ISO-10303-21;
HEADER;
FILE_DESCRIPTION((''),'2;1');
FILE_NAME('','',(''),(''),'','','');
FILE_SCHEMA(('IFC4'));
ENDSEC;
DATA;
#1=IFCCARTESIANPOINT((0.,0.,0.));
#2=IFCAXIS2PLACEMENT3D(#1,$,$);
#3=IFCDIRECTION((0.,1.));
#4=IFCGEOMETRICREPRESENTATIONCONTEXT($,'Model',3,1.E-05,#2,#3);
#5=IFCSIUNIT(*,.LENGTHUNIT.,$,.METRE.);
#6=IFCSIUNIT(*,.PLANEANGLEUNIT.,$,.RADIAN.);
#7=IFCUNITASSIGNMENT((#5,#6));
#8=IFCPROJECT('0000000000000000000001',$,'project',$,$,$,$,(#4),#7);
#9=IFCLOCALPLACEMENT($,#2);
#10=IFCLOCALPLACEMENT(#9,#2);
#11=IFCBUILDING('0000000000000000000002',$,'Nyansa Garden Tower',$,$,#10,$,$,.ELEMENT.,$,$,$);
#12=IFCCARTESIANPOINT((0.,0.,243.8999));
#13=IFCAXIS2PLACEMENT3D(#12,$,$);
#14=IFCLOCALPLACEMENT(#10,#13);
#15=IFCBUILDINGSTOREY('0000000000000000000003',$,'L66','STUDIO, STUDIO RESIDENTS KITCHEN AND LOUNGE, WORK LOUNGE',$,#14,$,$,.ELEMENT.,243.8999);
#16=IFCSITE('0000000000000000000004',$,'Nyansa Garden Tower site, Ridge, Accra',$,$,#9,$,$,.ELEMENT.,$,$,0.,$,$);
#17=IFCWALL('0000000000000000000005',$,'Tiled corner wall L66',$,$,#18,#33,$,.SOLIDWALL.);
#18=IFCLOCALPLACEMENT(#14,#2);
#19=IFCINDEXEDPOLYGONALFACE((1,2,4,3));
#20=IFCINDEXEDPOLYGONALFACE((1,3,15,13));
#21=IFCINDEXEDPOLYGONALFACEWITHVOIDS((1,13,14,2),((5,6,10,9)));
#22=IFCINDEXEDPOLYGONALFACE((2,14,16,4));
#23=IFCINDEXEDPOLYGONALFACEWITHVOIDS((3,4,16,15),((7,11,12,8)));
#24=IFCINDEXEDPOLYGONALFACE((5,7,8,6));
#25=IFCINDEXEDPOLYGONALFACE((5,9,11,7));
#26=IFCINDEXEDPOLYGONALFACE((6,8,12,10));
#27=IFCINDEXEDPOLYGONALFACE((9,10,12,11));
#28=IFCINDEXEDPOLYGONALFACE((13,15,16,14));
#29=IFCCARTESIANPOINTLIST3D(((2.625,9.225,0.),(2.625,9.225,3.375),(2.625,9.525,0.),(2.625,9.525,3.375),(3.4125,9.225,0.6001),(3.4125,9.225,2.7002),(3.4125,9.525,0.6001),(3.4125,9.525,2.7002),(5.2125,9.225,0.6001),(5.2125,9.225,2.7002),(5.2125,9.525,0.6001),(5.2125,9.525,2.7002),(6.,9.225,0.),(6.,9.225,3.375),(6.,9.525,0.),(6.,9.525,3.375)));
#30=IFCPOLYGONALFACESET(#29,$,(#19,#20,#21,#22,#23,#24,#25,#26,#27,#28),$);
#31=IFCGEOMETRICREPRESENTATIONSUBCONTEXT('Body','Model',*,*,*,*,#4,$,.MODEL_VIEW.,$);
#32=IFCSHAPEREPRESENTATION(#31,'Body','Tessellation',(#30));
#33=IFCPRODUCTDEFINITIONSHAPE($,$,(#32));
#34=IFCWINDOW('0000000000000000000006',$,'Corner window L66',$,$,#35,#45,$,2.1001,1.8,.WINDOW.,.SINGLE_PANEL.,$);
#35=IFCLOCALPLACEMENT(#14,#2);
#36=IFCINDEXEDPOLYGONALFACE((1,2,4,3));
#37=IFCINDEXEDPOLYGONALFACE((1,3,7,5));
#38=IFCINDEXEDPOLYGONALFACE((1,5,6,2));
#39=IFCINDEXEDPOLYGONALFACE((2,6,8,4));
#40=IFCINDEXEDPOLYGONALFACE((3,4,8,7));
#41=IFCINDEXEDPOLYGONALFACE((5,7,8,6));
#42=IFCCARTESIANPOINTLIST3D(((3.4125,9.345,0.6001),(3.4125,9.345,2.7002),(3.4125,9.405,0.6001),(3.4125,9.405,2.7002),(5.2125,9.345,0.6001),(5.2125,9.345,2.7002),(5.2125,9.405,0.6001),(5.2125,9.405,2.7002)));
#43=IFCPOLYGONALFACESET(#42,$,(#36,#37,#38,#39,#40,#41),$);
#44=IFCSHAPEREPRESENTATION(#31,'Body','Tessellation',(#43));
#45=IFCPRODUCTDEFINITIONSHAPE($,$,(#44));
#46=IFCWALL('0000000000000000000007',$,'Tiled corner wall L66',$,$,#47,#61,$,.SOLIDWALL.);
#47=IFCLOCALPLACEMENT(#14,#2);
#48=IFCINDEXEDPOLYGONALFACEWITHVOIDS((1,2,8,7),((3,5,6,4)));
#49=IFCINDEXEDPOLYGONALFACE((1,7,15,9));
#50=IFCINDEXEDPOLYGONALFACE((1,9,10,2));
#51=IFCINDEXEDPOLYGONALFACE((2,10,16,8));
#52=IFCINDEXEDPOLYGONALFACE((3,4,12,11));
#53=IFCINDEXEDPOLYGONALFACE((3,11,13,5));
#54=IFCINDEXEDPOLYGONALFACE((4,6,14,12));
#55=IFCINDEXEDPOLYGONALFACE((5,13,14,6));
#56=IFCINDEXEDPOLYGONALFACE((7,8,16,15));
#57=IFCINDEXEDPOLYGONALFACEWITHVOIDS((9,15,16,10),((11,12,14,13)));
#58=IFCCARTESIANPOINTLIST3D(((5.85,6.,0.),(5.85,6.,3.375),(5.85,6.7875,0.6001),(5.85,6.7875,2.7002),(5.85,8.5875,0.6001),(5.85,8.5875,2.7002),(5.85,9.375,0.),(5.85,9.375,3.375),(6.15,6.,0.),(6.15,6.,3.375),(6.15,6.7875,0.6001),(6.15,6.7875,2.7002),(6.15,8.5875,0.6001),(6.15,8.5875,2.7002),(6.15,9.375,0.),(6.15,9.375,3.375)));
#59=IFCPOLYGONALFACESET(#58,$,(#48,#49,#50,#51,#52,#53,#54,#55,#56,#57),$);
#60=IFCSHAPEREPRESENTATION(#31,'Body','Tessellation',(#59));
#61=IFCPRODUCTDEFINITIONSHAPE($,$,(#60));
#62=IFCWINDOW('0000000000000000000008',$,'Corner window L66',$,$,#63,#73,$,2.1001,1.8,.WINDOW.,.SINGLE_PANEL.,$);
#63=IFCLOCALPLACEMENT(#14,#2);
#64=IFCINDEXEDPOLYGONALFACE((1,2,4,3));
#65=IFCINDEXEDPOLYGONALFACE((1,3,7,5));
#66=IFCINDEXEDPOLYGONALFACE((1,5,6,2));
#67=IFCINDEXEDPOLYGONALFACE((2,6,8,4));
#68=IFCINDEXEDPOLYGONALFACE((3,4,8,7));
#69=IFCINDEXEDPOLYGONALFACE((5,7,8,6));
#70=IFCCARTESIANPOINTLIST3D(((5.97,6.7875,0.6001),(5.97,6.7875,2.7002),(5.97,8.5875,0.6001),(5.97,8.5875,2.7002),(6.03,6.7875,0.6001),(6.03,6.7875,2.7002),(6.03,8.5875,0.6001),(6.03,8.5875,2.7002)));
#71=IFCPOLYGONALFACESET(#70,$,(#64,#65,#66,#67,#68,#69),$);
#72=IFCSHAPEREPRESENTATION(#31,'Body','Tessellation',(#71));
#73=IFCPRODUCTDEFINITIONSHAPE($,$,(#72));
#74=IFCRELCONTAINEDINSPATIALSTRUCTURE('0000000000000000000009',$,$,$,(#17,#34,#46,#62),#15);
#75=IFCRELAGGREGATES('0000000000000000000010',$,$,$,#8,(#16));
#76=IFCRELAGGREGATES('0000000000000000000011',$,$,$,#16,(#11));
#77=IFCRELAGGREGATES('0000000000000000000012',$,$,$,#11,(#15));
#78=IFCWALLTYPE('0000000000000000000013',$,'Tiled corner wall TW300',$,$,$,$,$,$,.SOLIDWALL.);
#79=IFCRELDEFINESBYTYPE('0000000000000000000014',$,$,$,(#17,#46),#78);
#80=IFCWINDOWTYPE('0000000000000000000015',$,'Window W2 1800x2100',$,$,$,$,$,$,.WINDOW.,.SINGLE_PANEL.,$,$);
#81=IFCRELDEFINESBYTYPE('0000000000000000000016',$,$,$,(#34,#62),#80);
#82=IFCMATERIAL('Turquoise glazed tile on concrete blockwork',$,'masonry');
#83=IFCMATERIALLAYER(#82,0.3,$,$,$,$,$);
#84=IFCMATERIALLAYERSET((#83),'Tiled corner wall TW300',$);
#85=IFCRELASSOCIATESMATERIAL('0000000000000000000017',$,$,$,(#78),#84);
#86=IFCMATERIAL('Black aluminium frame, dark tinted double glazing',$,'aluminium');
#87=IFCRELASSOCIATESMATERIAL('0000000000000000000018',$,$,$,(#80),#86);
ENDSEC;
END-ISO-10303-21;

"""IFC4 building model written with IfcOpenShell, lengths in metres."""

from ifc_helpers import new_model, si_unit, direction, frame, frame_2d, origin, place, context, subcontext, project, spatial, rectangle, extrude, material, layer, layer_set, type_object, element, fill, save


model = new_model("IFC4")

# Units and contexts
model_context = context("Model", 3, precision=1e-05, world=origin(), true_north=direction((0.0, 1.0)))
body_context = subcontext(model_context, "Body", "Model", "MODEL_VIEW")
ifc_project = project(units=[si_unit("LENGTHUNIT", "METRE"), si_unit("PLANEANGLEUNIT", "RADIAN")], contexts=[model_context])

# Site, building, storey
site_placement = place(None, origin())
site = spatial("IfcSite", under=ifc_project, at=site_placement, Name="Nyansa Garden Tower site, Ridge, Accra", CompositionType="ELEMENT", RefElevation=0.0)
building_placement = place(site_placement, origin())
building = spatial("IfcBuilding", under=site, at=building_placement, Name="Nyansa Garden Tower", CompositionType="ELEMENT")
storey_placement = place(building_placement, frame((0.0, 0.0, 243.8999)))
storey = spatial("IfcBuildingStorey", under=building, at=storey_placement, Name="L66", Description="STUDIO, STUDIO RESIDENTS KITCHEN AND LOUNGE, WORK LOUNGE", CompositionType="ELEMENT", Elevation=243.8999)

# Walls, openings, windows
ifc_material_1 = material(Name="Turquoise glazed tile on concrete blockwork", Category="masonry")
ifc_layer_1 = layer(ifc_material_1, 0.3)
ifc_layer_set_1 = layer_set([ifc_layer_1], Name="Tiled corner wall TW300")
wall_type_1 = type_object("IfcWallType", Name="Tiled corner wall TW300", PredefinedType="SOLIDWALL", material=ifc_layer_set_1)
wall_1_placement = place(storey_placement, frame((2.625, 9.375, 0.0), z_axis=(0.0, 0.0, 1.0), x_axis=(1.0, 0.0, 0.0)))
wall_1 = element("IfcWall", 1, at=wall_1_placement, inside=storey, type_object=wall_type_1, Name="Tiled corner wall L66", PredefinedType="SOLIDWALL", context=body_context, shape_type="SweptSolid", body=[
    extrude(rectangle(XDim=3.375, YDim=0.3, at=frame_2d((1.6875, 0.0))), origin(), (0.0, 0.0, 1.0), 3.375),
])
opening_1_placement = place(wall_1_placement, frame((0.7876, 0.0, 0.6001)))
opening_1 = element("IfcOpeningElement", 2, at=opening_1_placement, cuts=wall_1, PredefinedType="OPENING", context=body_context, shape_type="SweptSolid", body=[
    extrude(rectangle(XDim=1.8, YDim=2.1001, at=frame_2d((0.8999, 1.05))), frame((0.0, 0.1599, 0.0), z_axis=(0.0, -1.0, 0.0), x_axis=(1.0, 0.0, 0.0)), (0.0, 0.0, 1.0), 0.3201),
])
ifc_material_2 = material(Name="Black aluminium frame, dark tinted double glazing", Category="aluminium")
window_type = type_object("IfcWindowType", Name="Window W2 1800x2100", PartitioningType="SINGLE_PANEL", PredefinedType="WINDOW", material=ifc_material_2)
window_1_placement = place(opening_1_placement, origin())
window_1 = element("IfcWindow", 3, at=window_1_placement, inside=storey, type_object=window_type, Name="Corner window L66", OverallHeight=2.1001, OverallWidth=1.8, PartitioningType="SINGLE_PANEL", PredefinedType="WINDOW", context=body_context, shape_type="SweptSolid", body=[
    extrude(rectangle(XDim=1.8, YDim=2.1001, at=frame_2d((0.8999, 1.05))), frame((0.0, 0.03, 0.0), z_axis=(0.0, -1.0, 0.0), x_axis=(1.0, 0.0, 0.0)), (0.0, 0.0, 1.0), 0.0601),
])
fill(opening_1, window_1)
wall_2_placement = place(storey_placement, frame((6.0, 9.375, 0.0), z_axis=(0.0, 0.0, 1.0), x_axis=(0.0, -1.0, 0.0)))
wall_2 = element("IfcWall", 4, at=wall_2_placement, inside=storey, type_object=wall_type_1, Name="Tiled corner wall L66", PredefinedType="SOLIDWALL", context=body_context, shape_type="SweptSolid", body=[
    extrude(rectangle(XDim=3.375, YDim=0.3, at=frame_2d((1.6875, 0.0))), origin(), (0.0, 0.0, 1.0), 3.375),
])
opening_2_placement = place(wall_2_placement, frame((0.7876, 0.0, 0.6001)))
opening_2 = element("IfcOpeningElement", 5, at=opening_2_placement, cuts=wall_2, PredefinedType="OPENING", context=body_context, shape_type="SweptSolid", body=[
    extrude(rectangle(XDim=1.8, YDim=2.1001, at=frame_2d((0.8999, 1.05))), frame((0.0, 0.1599, 0.0), z_axis=(0.0, -1.0, 0.0), x_axis=(1.0, 0.0, 0.0)), (0.0, 0.0, 1.0), 0.3201),
])
window_2_placement = place(opening_2_placement, origin())
window_2 = element("IfcWindow", 6, at=window_2_placement, inside=storey, type_object=window_type, Name="Corner window L66", OverallHeight=2.1001, OverallWidth=1.8, PartitioningType="SINGLE_PANEL", PredefinedType="WINDOW", context=body_context, shape_type="SweptSolid", body=[
    extrude(rectangle(XDim=1.8, YDim=2.1001, at=frame_2d((0.8999, 1.05))), frame((0.0, 0.03, 0.0), z_axis=(0.0, -1.0, 0.0), x_axis=(1.0, 0.0, 0.0)), (0.0, 0.0, 1.0), 0.0601),
])
fill(opening_2, window_2)

save(model, "model.ifc")
